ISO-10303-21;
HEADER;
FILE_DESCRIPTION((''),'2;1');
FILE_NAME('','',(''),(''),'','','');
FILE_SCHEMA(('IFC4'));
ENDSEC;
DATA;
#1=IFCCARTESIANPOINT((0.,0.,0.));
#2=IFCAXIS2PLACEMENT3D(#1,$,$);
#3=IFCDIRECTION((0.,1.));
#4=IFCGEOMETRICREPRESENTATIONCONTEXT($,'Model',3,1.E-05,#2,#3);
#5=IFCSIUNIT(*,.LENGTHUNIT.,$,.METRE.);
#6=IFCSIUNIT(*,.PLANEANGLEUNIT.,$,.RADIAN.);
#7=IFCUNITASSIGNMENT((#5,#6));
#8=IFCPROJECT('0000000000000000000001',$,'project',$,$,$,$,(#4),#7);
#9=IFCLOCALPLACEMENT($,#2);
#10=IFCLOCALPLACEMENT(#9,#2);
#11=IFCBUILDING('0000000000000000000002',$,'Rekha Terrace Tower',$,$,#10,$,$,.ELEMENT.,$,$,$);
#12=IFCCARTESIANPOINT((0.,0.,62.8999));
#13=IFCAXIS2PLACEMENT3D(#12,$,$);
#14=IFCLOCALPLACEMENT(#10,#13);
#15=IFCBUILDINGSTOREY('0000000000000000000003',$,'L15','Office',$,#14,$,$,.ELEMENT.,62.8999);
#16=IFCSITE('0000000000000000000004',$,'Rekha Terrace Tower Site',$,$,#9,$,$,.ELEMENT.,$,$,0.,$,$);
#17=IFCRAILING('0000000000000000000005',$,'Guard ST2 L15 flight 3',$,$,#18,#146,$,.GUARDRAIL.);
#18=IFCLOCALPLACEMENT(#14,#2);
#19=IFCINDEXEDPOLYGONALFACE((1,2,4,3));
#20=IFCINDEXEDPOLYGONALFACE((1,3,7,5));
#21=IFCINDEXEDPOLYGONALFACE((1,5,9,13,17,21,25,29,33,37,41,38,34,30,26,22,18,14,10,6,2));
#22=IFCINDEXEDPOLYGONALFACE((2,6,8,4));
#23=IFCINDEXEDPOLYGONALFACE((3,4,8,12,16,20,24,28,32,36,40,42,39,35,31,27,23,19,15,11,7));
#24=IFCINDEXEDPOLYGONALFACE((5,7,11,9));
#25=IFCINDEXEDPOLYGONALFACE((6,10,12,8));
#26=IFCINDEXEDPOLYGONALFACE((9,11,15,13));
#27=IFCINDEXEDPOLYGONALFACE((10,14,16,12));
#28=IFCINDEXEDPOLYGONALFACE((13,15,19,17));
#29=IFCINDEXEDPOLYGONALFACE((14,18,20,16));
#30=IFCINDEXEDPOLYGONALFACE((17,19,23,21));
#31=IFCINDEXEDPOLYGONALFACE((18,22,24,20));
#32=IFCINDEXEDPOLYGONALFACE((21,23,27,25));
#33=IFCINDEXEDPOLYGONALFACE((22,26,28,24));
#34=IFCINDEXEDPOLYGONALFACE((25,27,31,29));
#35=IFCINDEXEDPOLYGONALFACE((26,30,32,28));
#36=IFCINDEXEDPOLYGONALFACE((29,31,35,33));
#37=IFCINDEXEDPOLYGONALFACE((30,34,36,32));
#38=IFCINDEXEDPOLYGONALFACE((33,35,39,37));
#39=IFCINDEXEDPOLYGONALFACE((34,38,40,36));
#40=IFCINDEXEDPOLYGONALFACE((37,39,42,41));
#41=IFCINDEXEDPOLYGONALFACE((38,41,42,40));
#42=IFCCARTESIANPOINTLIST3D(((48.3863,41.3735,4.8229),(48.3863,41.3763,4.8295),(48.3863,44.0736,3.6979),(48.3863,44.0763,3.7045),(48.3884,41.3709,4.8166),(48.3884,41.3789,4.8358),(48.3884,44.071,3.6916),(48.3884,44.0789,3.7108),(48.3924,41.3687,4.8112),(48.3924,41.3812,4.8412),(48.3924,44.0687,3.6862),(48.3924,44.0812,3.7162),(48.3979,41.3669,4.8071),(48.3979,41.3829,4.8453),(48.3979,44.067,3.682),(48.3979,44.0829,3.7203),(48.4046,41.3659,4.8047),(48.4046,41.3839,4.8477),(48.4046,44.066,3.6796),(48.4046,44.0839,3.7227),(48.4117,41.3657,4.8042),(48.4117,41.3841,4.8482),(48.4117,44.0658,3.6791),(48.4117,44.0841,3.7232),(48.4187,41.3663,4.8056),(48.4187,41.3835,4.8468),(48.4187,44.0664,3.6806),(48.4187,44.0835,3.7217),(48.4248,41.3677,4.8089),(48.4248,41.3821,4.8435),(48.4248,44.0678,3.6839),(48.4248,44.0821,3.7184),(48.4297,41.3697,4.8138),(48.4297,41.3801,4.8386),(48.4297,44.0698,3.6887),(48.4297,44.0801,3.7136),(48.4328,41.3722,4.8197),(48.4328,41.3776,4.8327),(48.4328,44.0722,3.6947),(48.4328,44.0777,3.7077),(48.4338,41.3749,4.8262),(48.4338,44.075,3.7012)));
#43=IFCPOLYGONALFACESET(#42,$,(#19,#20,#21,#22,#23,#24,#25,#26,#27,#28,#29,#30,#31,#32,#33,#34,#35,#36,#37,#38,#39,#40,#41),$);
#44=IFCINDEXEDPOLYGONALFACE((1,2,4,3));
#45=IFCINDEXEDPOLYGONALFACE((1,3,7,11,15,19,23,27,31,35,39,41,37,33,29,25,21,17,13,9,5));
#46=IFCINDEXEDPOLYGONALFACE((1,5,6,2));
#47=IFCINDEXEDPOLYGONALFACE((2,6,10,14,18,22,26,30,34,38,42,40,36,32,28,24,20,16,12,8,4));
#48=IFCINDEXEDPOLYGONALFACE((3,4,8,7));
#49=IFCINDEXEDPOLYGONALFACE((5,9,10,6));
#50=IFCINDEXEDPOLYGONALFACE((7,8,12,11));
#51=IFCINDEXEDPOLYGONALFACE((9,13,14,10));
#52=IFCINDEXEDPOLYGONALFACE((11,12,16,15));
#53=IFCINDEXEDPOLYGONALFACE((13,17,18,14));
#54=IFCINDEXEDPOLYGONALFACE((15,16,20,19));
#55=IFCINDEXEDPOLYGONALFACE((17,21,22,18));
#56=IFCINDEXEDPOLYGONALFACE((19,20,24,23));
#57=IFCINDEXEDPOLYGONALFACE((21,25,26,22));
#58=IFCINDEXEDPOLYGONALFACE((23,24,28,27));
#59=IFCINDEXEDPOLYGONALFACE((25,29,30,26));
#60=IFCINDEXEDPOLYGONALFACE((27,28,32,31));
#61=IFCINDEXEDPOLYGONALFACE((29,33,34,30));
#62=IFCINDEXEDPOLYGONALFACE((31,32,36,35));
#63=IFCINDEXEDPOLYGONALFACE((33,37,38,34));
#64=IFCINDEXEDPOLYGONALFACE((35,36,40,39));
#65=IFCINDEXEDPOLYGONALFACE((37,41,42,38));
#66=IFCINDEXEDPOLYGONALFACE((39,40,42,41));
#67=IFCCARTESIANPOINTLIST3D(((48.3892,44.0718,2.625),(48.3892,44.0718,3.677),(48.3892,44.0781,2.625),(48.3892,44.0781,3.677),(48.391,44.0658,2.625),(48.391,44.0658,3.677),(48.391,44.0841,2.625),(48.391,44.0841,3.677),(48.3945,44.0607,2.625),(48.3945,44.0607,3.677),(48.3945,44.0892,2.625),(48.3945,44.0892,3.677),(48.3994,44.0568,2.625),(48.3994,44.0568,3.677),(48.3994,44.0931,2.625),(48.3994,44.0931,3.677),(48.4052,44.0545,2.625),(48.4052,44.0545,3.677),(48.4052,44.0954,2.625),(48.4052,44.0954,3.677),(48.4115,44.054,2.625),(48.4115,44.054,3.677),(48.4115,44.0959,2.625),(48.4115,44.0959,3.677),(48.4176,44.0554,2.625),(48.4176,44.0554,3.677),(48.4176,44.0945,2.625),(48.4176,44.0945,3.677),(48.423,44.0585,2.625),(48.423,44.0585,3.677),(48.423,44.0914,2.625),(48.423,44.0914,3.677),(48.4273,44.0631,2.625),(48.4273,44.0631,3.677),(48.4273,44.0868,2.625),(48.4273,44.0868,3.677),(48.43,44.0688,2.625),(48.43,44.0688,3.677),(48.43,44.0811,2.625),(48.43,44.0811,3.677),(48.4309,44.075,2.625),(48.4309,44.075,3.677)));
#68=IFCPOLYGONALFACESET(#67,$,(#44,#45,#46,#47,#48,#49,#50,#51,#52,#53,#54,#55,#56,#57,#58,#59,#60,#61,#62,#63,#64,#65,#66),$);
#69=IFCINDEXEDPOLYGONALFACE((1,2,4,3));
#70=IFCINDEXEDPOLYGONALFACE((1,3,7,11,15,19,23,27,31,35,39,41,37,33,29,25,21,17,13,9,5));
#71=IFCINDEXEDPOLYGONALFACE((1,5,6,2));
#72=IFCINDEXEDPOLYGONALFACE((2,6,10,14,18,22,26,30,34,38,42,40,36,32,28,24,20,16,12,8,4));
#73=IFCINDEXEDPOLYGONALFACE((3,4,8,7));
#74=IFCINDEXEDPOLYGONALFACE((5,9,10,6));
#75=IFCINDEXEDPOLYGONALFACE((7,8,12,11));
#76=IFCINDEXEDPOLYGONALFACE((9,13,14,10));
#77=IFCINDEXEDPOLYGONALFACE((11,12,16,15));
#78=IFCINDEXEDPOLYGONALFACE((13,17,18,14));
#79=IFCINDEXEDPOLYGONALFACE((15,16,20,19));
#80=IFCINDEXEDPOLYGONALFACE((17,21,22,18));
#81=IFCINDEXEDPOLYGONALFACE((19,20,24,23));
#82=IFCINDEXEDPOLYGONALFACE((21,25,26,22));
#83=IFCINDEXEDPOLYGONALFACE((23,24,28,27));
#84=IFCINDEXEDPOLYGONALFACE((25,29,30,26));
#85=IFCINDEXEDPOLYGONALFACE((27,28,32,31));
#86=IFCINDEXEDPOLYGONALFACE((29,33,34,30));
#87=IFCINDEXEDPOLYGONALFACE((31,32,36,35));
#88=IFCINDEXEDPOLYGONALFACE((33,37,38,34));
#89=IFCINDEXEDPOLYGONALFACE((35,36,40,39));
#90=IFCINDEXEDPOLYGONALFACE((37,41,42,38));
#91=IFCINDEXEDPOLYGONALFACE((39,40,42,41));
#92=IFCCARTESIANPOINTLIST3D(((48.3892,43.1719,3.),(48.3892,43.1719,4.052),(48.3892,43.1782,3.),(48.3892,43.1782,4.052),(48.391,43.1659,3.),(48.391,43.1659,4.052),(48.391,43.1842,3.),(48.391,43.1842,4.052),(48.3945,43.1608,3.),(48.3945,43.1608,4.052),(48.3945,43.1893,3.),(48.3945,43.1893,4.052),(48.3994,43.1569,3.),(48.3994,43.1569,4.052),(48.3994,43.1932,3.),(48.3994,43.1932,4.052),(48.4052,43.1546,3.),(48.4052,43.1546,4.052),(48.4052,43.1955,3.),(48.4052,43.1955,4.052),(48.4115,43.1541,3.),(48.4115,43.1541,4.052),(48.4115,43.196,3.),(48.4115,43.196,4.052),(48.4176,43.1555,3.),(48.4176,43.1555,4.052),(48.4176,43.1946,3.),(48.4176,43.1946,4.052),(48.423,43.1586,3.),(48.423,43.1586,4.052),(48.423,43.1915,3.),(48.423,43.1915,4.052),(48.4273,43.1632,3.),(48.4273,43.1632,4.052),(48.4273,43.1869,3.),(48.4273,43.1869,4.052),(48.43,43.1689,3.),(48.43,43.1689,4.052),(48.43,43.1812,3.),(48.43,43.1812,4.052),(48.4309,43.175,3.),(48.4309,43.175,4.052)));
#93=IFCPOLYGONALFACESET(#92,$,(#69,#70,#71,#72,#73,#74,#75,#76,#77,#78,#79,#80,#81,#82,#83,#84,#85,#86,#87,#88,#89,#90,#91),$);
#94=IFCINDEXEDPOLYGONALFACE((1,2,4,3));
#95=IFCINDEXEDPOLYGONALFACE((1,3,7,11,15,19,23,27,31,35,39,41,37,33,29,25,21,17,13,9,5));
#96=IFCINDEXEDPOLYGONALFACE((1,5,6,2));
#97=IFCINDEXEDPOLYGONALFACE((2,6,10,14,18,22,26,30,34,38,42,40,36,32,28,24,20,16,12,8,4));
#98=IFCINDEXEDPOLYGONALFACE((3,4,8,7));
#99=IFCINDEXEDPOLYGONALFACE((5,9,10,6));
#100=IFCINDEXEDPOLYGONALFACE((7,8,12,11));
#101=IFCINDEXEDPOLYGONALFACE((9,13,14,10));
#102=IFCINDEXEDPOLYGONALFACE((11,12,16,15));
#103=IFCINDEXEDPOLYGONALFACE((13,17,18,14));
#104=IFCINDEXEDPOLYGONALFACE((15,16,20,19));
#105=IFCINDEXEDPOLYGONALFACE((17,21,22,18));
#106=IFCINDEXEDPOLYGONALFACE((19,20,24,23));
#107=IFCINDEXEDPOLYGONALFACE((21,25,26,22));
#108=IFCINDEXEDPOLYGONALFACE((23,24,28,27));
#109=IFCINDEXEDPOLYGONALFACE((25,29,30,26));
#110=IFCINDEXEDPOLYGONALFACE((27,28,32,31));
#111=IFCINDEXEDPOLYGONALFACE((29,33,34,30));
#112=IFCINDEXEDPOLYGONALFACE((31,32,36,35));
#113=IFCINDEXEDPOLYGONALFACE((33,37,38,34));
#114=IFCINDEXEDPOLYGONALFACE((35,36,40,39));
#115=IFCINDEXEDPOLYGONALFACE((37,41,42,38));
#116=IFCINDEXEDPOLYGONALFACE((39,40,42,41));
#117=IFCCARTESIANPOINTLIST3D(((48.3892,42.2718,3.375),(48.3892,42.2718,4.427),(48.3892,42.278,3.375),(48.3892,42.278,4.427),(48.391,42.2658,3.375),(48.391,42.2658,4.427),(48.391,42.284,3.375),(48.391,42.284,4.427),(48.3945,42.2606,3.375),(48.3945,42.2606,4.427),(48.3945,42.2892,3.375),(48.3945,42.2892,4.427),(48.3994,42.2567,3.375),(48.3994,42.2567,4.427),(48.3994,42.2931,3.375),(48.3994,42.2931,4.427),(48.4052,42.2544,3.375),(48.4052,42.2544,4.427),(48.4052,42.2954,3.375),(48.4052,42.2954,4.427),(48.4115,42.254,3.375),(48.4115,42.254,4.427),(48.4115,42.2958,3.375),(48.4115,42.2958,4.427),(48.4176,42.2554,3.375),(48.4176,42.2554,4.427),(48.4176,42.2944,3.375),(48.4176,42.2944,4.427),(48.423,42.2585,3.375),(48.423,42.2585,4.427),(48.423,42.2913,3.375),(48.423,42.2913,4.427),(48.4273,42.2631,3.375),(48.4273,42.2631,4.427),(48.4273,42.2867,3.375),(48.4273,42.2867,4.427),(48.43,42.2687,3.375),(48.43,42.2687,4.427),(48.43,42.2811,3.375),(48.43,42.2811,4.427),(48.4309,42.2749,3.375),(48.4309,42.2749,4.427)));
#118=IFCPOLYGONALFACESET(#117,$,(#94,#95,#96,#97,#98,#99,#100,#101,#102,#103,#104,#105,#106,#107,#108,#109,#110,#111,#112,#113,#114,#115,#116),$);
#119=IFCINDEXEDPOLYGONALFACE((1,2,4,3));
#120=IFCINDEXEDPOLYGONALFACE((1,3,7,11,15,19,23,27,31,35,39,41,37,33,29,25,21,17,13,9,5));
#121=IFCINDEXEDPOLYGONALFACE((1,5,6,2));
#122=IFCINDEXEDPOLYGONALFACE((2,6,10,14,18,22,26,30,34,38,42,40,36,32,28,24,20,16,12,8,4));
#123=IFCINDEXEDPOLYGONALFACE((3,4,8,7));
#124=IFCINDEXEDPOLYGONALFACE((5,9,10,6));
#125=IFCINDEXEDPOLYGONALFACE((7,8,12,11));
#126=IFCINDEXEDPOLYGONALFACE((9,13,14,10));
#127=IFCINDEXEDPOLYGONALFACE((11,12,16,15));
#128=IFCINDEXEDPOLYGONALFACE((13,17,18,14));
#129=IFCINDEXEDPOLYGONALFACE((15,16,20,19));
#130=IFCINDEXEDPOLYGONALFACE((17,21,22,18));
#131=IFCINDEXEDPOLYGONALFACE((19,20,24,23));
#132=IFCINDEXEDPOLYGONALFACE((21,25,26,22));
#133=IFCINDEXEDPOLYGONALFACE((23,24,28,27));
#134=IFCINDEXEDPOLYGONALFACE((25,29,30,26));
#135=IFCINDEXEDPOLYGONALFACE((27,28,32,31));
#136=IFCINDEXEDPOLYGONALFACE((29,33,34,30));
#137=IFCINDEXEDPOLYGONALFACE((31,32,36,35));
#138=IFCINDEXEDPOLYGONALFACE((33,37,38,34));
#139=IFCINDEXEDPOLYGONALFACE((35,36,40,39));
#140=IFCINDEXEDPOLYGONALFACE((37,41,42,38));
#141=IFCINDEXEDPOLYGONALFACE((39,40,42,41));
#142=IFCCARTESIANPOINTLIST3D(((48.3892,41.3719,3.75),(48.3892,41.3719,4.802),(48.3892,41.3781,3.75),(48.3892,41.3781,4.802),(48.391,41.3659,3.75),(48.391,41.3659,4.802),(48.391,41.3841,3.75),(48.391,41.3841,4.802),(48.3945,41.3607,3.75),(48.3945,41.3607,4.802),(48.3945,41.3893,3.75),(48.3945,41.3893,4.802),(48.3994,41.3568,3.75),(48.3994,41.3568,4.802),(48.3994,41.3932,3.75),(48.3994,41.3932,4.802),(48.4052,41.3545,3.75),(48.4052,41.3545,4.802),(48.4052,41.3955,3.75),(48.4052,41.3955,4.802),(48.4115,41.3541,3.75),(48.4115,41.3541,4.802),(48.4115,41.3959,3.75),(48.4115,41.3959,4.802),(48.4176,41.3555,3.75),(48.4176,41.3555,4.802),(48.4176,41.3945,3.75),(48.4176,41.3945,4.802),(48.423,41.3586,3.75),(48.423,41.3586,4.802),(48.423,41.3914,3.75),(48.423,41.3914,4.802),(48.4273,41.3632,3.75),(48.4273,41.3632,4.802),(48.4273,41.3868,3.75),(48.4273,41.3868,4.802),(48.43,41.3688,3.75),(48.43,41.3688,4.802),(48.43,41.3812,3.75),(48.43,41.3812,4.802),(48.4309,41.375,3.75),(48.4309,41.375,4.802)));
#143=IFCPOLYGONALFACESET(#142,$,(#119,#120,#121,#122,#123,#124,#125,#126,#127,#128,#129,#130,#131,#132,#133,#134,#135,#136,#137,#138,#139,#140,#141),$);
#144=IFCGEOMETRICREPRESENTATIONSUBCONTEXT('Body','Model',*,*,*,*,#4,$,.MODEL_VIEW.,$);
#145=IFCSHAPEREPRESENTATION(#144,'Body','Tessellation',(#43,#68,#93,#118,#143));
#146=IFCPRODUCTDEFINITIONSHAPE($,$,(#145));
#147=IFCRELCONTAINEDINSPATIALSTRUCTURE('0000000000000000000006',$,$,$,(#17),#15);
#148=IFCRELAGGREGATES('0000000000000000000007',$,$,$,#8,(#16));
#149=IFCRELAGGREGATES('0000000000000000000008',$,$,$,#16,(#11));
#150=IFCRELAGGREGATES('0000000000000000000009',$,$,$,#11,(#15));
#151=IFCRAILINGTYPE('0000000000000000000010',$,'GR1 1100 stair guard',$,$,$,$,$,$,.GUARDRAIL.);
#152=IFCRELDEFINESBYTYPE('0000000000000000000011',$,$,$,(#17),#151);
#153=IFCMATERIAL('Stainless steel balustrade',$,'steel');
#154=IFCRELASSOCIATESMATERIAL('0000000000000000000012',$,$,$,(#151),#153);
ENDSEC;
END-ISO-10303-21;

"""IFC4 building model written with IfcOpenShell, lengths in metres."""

from ifc_helpers import new_model, si_unit, direction, frame, origin, origin_2d, place, context, subcontext, project, spatial, circle, extrude, material, type_object, element, save


model = new_model("IFC4")

# Units and contexts
model_context = context("Model", 3, precision=1e-05, world=origin(), true_north=direction((0.0, 1.0)))
body_context = subcontext(model_context, "Body", "Model", "MODEL_VIEW")
ifc_project = project(units=[si_unit("LENGTHUNIT", "METRE"), si_unit("PLANEANGLEUNIT", "RADIAN")], contexts=[model_context])

# Site, building, storey
site_placement = place(None, origin())
site = spatial("IfcSite", under=ifc_project, at=site_placement, Name="Rekha Terrace Tower Site", CompositionType="ELEMENT", RefElevation=0.0)
building_placement = place(site_placement, origin())
building = spatial("IfcBuilding", under=site, at=building_placement, Name="Rekha Terrace Tower", CompositionType="ELEMENT")
storey_placement = place(building_placement, frame((0.0, 0.0, 62.8999)))
storey = spatial("IfcBuildingStorey", under=building, at=storey_placement, Name="L15", Description="Office", CompositionType="ELEMENT", Elevation=62.8999)

# Railing
ifc_material_1 = material(Name="Stainless steel balustrade", Category="steel")
railing_type_1 = type_object("IfcRailingType", Name="GR1 1100 stair guard", PredefinedType="GUARDRAIL", material=ifc_material_1)
railing_1_placement = place(storey_placement, frame((48.4099, 44.075, 2.625)))
element("IfcRailing", 1, at=railing_1_placement, inside=storey, type_object=railing_type_1, Name="Guard ST2 L15 flight 3", PredefinedType="GUARDRAIL", context=body_context, shape_type="SweptSolid", body=[
    extrude(circle(Radius=0.0239, at=origin_2d()), frame((0.0, 0.0, 1.0762), z_axis=(0.0, -0.923074, 0.384621), x_axis=(1.0, 0.0, 0.0)), (0.0, 0.0, 1.0), 2.925),
    extrude(circle(Radius=0.021, at=origin_2d()), origin(), (0.0, 0.0, 1.0), 1.052),
    extrude(circle(Radius=0.021, at=origin_2d()), frame((0.0, -0.8999, 0.375)), (0.0, 0.0, 1.0), 1.052),
    extrude(circle(Radius=0.021, at=origin_2d()), frame((0.0, -1.8, 0.75)), (0.0, 0.0, 1.0), 1.052),
    extrude(circle(Radius=0.021, at=origin_2d()), frame((0.0, -2.7, 1.125)), (0.0, 0.0, 1.0), 1.052),
])

save(model, "model.ifc")
